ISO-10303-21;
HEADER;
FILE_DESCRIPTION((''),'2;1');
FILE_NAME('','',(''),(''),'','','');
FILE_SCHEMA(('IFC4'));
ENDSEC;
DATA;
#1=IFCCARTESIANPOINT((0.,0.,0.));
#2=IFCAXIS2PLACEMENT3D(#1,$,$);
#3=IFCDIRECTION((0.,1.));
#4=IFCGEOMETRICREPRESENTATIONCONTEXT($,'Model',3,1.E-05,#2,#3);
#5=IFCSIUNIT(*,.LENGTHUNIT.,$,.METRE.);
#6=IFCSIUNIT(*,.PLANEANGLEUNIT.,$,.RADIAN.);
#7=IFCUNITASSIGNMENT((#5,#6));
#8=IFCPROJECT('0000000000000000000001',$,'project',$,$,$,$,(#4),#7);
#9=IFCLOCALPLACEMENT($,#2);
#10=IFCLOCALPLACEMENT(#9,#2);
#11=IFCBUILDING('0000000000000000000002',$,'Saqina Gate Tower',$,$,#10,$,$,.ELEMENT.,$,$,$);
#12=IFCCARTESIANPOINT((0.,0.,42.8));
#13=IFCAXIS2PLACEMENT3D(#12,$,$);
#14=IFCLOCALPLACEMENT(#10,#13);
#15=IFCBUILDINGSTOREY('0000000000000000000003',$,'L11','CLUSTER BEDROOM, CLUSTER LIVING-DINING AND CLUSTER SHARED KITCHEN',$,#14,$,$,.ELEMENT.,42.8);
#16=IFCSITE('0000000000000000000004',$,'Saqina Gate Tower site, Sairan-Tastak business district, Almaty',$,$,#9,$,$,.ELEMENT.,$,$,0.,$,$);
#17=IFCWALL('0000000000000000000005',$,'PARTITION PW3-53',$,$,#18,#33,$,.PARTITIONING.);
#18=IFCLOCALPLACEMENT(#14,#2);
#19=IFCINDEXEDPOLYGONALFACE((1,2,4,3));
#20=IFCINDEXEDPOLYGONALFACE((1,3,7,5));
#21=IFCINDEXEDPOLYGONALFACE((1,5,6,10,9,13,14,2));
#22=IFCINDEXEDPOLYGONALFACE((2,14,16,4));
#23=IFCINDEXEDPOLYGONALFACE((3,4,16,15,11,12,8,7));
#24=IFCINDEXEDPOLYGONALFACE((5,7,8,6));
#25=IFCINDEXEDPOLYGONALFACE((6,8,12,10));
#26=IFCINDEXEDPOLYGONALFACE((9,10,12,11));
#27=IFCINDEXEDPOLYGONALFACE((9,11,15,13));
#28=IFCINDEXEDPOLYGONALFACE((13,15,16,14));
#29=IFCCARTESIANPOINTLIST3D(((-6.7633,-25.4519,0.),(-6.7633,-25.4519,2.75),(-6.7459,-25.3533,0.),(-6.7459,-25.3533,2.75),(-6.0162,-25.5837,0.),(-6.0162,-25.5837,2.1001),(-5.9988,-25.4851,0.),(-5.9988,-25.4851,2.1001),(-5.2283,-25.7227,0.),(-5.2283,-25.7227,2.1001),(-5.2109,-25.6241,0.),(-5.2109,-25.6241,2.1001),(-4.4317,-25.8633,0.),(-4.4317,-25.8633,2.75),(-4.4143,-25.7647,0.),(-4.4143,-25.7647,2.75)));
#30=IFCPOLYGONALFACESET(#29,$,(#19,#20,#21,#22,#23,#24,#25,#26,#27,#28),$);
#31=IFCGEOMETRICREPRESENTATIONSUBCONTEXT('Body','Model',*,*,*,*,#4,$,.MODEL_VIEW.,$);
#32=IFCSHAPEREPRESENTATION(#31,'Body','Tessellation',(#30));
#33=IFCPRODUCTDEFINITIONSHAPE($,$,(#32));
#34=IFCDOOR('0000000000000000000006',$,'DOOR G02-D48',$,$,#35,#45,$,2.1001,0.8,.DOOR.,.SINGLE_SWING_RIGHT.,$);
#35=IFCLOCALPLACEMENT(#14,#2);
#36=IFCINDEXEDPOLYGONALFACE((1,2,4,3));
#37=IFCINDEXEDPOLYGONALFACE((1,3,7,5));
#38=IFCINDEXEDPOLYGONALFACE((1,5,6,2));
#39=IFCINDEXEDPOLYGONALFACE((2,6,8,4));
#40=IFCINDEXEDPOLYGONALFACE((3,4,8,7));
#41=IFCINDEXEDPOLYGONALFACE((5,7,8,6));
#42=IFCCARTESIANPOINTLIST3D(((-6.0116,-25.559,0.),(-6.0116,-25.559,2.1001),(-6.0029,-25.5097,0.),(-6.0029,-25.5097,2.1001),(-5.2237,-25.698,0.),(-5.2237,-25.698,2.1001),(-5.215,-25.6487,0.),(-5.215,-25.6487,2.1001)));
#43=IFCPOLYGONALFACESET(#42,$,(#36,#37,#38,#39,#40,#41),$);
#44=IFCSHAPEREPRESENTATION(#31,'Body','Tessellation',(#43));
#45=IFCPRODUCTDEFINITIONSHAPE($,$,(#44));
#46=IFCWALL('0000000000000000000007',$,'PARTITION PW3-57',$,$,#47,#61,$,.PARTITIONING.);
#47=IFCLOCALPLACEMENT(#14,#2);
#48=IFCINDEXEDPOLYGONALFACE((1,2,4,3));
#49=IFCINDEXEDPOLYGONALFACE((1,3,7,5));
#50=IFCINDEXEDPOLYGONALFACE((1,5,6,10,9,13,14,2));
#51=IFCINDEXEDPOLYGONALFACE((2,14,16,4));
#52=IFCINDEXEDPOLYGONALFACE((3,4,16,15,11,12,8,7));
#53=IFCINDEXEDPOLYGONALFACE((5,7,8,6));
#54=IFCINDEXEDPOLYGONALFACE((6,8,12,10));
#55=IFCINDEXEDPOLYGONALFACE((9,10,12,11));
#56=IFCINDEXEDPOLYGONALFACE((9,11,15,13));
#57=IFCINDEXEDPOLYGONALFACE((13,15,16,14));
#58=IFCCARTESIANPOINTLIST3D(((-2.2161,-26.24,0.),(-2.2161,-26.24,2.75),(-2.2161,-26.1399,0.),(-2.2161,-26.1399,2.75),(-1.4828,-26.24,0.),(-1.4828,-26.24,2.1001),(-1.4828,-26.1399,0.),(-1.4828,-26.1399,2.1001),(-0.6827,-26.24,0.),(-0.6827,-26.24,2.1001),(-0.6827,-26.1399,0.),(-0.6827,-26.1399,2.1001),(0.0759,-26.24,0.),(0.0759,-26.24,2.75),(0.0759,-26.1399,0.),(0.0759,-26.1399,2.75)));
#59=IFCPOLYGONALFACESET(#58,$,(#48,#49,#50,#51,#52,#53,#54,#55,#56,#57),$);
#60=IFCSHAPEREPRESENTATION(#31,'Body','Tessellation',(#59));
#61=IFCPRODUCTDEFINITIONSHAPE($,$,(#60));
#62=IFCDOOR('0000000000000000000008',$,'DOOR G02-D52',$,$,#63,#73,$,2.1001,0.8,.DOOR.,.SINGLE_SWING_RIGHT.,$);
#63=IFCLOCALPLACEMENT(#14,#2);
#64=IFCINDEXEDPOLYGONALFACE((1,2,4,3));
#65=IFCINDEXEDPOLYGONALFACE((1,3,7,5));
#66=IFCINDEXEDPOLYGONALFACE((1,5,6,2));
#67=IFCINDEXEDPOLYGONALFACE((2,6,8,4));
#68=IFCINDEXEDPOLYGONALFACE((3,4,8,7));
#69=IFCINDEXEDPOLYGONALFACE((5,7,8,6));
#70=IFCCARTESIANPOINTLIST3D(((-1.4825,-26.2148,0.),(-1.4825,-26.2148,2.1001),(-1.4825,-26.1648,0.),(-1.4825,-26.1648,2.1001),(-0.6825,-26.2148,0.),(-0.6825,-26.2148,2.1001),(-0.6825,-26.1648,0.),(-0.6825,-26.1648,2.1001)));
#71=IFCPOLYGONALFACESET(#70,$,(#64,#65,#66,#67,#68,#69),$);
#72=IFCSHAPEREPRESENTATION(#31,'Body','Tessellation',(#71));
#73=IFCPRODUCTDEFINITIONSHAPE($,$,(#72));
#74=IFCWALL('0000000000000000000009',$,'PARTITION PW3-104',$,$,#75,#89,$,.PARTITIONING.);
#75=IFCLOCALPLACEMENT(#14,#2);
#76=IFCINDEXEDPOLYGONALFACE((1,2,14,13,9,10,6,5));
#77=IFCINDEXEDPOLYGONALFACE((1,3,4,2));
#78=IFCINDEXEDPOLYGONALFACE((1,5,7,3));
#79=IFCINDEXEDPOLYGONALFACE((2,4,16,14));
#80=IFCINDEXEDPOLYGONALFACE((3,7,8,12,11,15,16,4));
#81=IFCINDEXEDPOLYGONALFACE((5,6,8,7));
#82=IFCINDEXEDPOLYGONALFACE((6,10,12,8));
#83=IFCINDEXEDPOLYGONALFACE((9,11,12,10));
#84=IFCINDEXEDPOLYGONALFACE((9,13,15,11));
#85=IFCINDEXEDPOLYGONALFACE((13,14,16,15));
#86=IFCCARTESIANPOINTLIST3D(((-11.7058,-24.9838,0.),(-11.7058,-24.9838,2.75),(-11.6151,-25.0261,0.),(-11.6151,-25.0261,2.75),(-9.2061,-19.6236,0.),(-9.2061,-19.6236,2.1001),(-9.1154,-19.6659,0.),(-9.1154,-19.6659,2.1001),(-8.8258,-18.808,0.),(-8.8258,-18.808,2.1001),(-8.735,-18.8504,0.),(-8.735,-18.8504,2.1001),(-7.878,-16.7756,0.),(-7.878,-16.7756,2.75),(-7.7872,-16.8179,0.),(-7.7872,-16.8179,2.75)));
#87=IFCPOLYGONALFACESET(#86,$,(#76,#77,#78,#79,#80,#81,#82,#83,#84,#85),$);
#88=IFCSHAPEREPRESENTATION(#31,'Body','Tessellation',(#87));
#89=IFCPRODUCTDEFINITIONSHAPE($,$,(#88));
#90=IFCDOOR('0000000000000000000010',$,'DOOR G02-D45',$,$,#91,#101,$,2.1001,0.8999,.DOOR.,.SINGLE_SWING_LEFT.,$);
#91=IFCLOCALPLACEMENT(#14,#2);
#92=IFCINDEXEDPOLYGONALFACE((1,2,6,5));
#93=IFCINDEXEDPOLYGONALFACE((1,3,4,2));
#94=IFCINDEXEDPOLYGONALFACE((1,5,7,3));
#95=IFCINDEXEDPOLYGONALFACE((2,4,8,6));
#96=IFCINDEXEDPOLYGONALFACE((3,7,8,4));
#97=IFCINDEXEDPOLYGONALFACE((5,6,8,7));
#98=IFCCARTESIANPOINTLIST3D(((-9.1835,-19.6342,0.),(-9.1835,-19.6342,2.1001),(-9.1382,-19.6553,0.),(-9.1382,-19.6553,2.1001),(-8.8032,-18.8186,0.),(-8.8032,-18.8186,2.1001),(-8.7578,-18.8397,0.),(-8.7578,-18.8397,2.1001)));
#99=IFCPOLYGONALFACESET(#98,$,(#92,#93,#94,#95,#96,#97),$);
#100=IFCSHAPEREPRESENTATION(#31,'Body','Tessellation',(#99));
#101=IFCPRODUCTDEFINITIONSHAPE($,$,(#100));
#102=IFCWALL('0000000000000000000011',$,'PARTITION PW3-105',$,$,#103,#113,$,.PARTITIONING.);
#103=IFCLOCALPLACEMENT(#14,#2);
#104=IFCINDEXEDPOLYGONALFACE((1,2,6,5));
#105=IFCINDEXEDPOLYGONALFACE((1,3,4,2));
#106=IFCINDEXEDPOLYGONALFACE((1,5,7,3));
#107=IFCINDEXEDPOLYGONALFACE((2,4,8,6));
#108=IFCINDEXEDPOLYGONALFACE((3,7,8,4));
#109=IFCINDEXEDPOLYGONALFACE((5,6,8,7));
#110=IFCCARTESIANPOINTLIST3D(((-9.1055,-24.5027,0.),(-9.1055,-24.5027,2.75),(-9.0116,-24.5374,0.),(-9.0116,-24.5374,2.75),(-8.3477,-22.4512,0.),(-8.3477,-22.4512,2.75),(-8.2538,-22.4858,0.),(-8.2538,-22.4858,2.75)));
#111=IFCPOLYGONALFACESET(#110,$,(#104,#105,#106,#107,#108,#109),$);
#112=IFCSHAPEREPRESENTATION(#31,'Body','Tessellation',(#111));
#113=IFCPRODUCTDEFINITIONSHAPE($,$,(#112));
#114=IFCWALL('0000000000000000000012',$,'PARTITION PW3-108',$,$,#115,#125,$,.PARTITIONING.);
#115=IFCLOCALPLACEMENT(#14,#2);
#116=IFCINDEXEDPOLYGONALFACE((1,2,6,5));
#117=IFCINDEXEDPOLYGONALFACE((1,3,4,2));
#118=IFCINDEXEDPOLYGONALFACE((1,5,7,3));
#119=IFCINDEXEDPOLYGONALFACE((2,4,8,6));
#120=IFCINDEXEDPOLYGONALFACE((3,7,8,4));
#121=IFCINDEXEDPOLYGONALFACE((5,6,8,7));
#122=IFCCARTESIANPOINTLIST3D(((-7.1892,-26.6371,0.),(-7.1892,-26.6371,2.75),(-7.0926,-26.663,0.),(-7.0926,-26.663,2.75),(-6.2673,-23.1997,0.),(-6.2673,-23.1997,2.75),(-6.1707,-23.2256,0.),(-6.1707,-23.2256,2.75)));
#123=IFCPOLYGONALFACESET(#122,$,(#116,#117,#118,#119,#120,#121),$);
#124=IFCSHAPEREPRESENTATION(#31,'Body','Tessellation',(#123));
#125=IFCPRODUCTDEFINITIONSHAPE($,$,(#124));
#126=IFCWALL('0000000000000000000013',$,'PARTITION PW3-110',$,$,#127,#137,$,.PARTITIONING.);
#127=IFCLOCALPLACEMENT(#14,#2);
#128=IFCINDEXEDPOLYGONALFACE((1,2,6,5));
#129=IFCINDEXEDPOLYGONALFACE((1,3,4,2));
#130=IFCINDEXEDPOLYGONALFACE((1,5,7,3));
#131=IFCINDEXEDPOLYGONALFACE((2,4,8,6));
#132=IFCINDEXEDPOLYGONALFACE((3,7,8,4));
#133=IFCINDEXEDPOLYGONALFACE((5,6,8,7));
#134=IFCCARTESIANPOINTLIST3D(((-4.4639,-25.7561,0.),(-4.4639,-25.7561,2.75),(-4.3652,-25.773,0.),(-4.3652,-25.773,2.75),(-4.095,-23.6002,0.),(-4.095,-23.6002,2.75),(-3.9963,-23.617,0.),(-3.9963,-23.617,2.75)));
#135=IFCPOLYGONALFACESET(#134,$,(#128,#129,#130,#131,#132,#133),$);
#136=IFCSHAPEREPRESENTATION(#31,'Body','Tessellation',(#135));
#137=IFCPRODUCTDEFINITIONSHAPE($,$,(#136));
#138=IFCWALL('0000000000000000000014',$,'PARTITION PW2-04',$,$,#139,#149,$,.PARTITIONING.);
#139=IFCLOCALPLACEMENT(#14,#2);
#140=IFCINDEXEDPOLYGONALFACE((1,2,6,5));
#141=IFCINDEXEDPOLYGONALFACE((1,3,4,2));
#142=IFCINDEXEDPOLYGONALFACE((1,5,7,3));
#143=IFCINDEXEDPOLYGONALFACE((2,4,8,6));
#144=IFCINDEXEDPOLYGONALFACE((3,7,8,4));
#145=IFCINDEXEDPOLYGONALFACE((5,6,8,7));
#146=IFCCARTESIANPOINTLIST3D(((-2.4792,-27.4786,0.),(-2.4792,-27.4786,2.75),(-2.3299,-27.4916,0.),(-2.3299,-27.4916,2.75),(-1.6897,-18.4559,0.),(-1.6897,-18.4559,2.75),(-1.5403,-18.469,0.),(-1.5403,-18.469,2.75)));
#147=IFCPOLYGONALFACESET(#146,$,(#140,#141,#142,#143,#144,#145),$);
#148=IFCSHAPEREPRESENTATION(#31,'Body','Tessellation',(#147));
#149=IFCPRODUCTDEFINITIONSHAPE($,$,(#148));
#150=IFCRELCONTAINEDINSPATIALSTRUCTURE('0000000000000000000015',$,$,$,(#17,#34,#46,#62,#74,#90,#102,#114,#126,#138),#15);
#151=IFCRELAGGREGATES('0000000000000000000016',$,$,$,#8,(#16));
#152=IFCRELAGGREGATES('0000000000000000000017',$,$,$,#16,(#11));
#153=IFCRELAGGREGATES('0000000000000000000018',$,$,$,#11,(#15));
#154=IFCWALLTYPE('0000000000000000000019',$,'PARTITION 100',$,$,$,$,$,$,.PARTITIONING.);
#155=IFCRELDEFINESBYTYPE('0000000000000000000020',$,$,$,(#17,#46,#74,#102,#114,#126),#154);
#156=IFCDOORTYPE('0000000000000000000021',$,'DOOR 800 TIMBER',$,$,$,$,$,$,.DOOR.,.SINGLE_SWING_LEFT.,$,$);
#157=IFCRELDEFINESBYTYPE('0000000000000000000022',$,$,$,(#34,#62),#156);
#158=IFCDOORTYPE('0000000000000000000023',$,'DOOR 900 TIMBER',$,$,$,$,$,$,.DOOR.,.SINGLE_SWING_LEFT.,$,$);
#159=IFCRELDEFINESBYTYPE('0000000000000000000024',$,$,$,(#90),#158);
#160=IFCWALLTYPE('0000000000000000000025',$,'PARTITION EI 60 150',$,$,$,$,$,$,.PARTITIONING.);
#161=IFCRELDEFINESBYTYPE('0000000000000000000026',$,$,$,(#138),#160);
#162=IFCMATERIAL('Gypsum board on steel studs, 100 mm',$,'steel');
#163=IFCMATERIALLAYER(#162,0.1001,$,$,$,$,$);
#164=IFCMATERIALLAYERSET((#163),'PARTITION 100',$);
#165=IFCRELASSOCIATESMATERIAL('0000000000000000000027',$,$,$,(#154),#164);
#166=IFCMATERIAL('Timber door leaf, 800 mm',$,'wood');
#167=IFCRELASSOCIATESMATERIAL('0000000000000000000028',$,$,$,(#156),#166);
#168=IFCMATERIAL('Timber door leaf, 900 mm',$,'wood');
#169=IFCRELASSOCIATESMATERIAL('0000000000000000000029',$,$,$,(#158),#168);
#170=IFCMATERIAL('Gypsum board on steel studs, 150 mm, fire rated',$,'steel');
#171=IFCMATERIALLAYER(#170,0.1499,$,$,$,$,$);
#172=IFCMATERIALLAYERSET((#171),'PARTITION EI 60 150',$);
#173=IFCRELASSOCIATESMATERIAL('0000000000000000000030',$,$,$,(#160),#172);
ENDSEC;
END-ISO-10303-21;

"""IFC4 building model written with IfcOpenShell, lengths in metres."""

from ifc_helpers import new_model, si_unit, direction, frame, frame_2d, origin, place, context, subcontext, project, spatial, rectangle, extrude, material, layer, layer_set, type_object, element, fill, save


model = new_model("IFC4")

# Units and contexts
model_context = context("Model", 3, precision=1e-05, world=origin(), true_north=direction((0.0, 1.0)))
body_context = subcontext(model_context, "Body", "Model", "MODEL_VIEW")
ifc_project = project(units=[si_unit("LENGTHUNIT", "METRE"), si_unit("PLANEANGLEUNIT", "RADIAN")], contexts=[model_context])

# Site, building, storey
site_placement = place(None, origin())
site = spatial("IfcSite", under=ifc_project, at=site_placement, Name="Saqina Gate Tower site, Sairan-Tastak business district, Almaty", CompositionType="ELEMENT", RefElevation=0.0)
building_placement = place(site_placement, origin())
building = spatial("IfcBuilding", under=site, at=building_placement, Name="Saqina Gate Tower", CompositionType="ELEMENT")
storey_placement = place(building_placement, frame((0.0, 0.0, 42.8)))
storey = spatial("IfcBuildingStorey", under=building, at=storey_placement, Name="L11", Description="CLUSTER BEDROOM, CLUSTER LIVING-DINING AND CLUSTER SHARED KITCHEN", CompositionType="ELEMENT", Elevation=42.8)

# Walls, openings, doors
ifc_material_1 = material(Name="Gypsum board on steel studs, 100 mm", Category="steel")
ifc_layer_1 = layer(ifc_material_1, 0.1001)
ifc_layer_set_1 = layer_set([ifc_layer_1], Name="PARTITION 100")
wall_type_1 = type_object("IfcWallType", Name="PARTITION 100", PredefinedType="PARTITIONING", material=ifc_layer_set_1)
ifc_material_2 = material(Name="Timber door leaf, 800 mm", Category="wood")
door_type_1 = type_object("IfcDoorType", Name="DOOR 800 TIMBER", OperationType="SINGLE_SWING_LEFT", PredefinedType="DOOR", material=ifc_material_2)
wall_1_placement = place(storey_placement, frame((-6.7546, -25.4026, 0.0), z_axis=(0.0, 0.0, 1.0), x_axis=(0.984789, -0.173756, 0.0)))
wall_1 = element("IfcWall", 1, at=wall_1_placement, inside=storey, type_object=wall_type_1, Name="PARTITION PW3-53", PredefinedType="PARTITIONING", context=body_context, shape_type="SweptSolid", body=[
    extrude(rectangle(XDim=2.3677, YDim=0.1001, at=frame_2d((1.1838, 0.0))), origin(), (0.0, 0.0, 1.0), 2.75),
])
opening_1_placement = place(wall_1_placement, frame((0.7588, 0.0, 0.0)))
opening_1 = element("IfcOpeningElement", 2, at=opening_1_placement, cuts=wall_1, PredefinedType="OPENING", context=body_context, shape_type="SweptSolid", body=[
    extrude(rectangle(XDim=0.8, YDim=2.1001, at=frame_2d((0.3999, 1.05))), frame((0.0, 0.062, 0.0), z_axis=(0.0, -1.0, 0.0), x_axis=(1.0, 0.0, 0.0)), (0.0, 0.0, 1.0), 0.124),
])
door_1_placement = place(opening_1_placement, frame((0.8, 0.0, 0.0), z_axis=(0.0, 0.0, 1.0), x_axis=(-1.0, 0.0, 0.0)))
door_1 = element("IfcDoor", 3, at=door_1_placement, inside=storey, type_object=door_type_1, Name="DOOR G02-D48", OperationType="SINGLE_SWING_RIGHT", OverallHeight=2.1001, OverallWidth=0.8, PredefinedType="DOOR", context=body_context, shape_type="SweptSolid", body=[
    extrude(rectangle(XDim=0.8, YDim=2.1001, at=frame_2d((0.3999, 1.05))), frame((0.0, 0.0249, 0.0), z_axis=(0.0, -1.0, 0.0), x_axis=(1.0, 0.0, 0.0)), (0.0, 0.0, 1.0), 0.05),
])
fill(opening_1, door_1)
wall_2_placement = place(storey_placement, frame((-2.2161, -26.1899, 0.0), z_axis=(0.0, 0.0, 1.0), x_axis=(1.0, 0.0, 0.0)))
wall_2 = element("IfcWall", 4, at=wall_2_placement, inside=storey, type_object=wall_type_1, Name="PARTITION PW3-57", PredefinedType="PARTITIONING", context=body_context, shape_type="SweptSolid", body=[
    extrude(rectangle(XDim=2.292, YDim=0.1001, at=frame_2d((1.146, 0.0))), origin(), (0.0, 0.0, 1.0), 2.75),
])
opening_2_placement = place(wall_2_placement, frame((0.7334, 0.0, 0.0)))
opening_2 = element("IfcOpeningElement", 5, at=opening_2_placement, cuts=wall_2, PredefinedType="OPENING", context=body_context, shape_type="SweptSolid", body=[
    extrude(rectangle(XDim=0.8, YDim=2.1001, at=frame_2d((0.3999, 1.05))), frame((0.0, 0.062, 0.0), z_axis=(0.0, -1.0, 0.0), x_axis=(1.0, 0.0, 0.0)), (0.0, 0.0, 1.0), 0.124),
])
door_2_placement = place(opening_2_placement, frame((0.8, 0.0, 0.0), z_axis=(0.0, 0.0, 1.0), x_axis=(-1.0, 0.0, 0.0)))
door_2 = element("IfcDoor", 6, at=door_2_placement, inside=storey, type_object=door_type_1, Name="DOOR G02-D52", OperationType="SINGLE_SWING_RIGHT", OverallHeight=2.1001, OverallWidth=0.8, PredefinedType="DOOR", context=body_context, shape_type="SweptSolid", body=[
    extrude(rectangle(XDim=0.8, YDim=2.1001, at=frame_2d((0.3999, 1.05))), frame((0.0, 0.0249, 0.0), z_axis=(0.0, -1.0, 0.0), x_axis=(1.0, 0.0, 0.0)), (0.0, 0.0, 1.0), 0.05),
])
fill(opening_2, door_2)
wall_3_placement = place(storey_placement, frame((-11.6604, -25.0049, 0.0), z_axis=(0.0, 0.0, 1.0), x_axis=(0.422646, 0.906295, 0.0)))
wall_3 = element("IfcWall", 7, at=wall_3_placement, inside=storey, type_object=wall_type_1, Name="PARTITION PW3-104", PredefinedType="PARTITIONING", context=body_context, shape_type="SweptSolid", body=[
    extrude(rectangle(XDim=9.0569, YDim=0.1001, at=frame_2d((4.5283, 0.0))), origin(), (0.0, 0.0, 1.0), 2.75),
])
opening_3_placement = place(wall_3_placement, frame((5.9143, 0.0, 0.0)))
opening_3 = element("IfcOpeningElement", 8, at=opening_3_placement, cuts=wall_3, PredefinedType="OPENING", context=body_context, shape_type="SweptSolid", body=[
    extrude(rectangle(XDim=0.8999, YDim=2.1001, at=frame_2d((0.45, 1.05))), frame((0.0, 0.062, 0.0), z_axis=(0.0, -1.0, 0.0), x_axis=(1.0, 0.0, 0.0)), (0.0, 0.0, 1.0), 0.124),
])
ifc_material_3 = material(Name="Timber door leaf, 900 mm", Category="wood")
door_type_2 = type_object("IfcDoorType", Name="DOOR 900 TIMBER", OperationType="SINGLE_SWING_LEFT", PredefinedType="DOOR", material=ifc_material_3)
door_3_placement = place(opening_3_placement, frame((0.8999, 0.0, 0.0), z_axis=(0.0, 0.0, 1.0), x_axis=(-1.0, 0.0, 0.0)))
door_3 = element("IfcDoor", 9, at=door_3_placement, inside=storey, type_object=door_type_2, Name="DOOR G02-D45", OperationType="SINGLE_SWING_LEFT", OverallHeight=2.1001, OverallWidth=0.8999, PredefinedType="DOOR", context=body_context, shape_type="SweptSolid", body=[
    extrude(rectangle(XDim=0.8999, YDim=2.1001, at=frame_2d((0.45, 1.05))), frame((0.0, 0.0249, 0.0), z_axis=(0.0, -1.0, 0.0), x_axis=(1.0, 0.0, 0.0)), (0.0, 0.0, 1.0), 0.05),
])
fill(opening_3, door_3)

# Walls
wall_4_placement = place(storey_placement, frame((-9.0586, -24.52, 0.0), z_axis=(0.0, 0.0, 1.0), x_axis=(0.346507, 0.938047, 0.0)))
element("IfcWall", 10, at=wall_4_placement, inside=storey, type_object=wall_type_1, Name="PARTITION PW3-105", PredefinedType="PARTITIONING", context=body_context, shape_type="SweptSolid", body=[
    extrude(rectangle(XDim=2.187, YDim=0.1001, at=frame_2d((1.0935, 0.0))), origin(), (0.0, 0.0, 1.0), 2.75),
])
wall_5_placement = place(storey_placement, frame((-7.1409, -26.6499, 0.0), z_axis=(0.0, 0.0, 1.0), x_axis=(0.259046, 0.965865, 0.0)))
element("IfcWall", 11, at=wall_5_placement, inside=storey, type_object=wall_type_1, Name="PARTITION PW3-108", PredefinedType="PARTITIONING", context=body_context, shape_type="SweptSolid", body=[
    extrude(rectangle(XDim=3.5588, YDim=0.1001, at=frame_2d((1.7793, 0.0))), origin(), (0.0, 0.0, 1.0), 2.75),
])
wall_6_placement = place(storey_placement, frame((-4.4146, -25.7646, 0.0), z_axis=(0.0, 0.0, 1.0), x_axis=(0.168651, 0.985676, 0.0)))
element("IfcWall", 12, at=wall_6_placement, inside=storey, type_object=wall_type_1, Name="PARTITION PW3-110", PredefinedType="PARTITIONING", context=body_context, shape_type="SweptSolid", body=[
    extrude(rectangle(XDim=2.1873, YDim=0.1001, at=frame_2d((1.0938, 0.0))), origin(), (0.0, 0.0, 1.0), 2.75),
])
ifc_material_4 = material(Name="Gypsum board on steel studs, 150 mm, fire rated", Category="steel")
ifc_layer_2 = layer(ifc_material_4, 0.1499)
ifc_layer_set_2 = layer_set([ifc_layer_2], Name="PARTITION EI 60 150")
wall_type_2 = type_object("IfcWallType", Name="PARTITION EI 60 150", PredefinedType="PARTITIONING", material=ifc_layer_set_2)
wall_7_placement = place(storey_placement, frame((-2.4045, -27.4851, 0.0), z_axis=(0.0, 0.0, 1.0), x_axis=(0.087174, 0.996193, 0.0)))
element("IfcWall", 13, at=wall_7_placement, inside=storey, type_object=wall_type_2, Name="PARTITION PW2-04", PredefinedType="PARTITIONING", context=body_context, shape_type="SweptSolid", body=[
    extrude(rectangle(XDim=9.0571, YDim=0.1499, at=frame_2d((4.5286, 0.0))), origin(), (0.0, 0.0, 1.0), 2.75),
])

save(model, "model.ifc")
